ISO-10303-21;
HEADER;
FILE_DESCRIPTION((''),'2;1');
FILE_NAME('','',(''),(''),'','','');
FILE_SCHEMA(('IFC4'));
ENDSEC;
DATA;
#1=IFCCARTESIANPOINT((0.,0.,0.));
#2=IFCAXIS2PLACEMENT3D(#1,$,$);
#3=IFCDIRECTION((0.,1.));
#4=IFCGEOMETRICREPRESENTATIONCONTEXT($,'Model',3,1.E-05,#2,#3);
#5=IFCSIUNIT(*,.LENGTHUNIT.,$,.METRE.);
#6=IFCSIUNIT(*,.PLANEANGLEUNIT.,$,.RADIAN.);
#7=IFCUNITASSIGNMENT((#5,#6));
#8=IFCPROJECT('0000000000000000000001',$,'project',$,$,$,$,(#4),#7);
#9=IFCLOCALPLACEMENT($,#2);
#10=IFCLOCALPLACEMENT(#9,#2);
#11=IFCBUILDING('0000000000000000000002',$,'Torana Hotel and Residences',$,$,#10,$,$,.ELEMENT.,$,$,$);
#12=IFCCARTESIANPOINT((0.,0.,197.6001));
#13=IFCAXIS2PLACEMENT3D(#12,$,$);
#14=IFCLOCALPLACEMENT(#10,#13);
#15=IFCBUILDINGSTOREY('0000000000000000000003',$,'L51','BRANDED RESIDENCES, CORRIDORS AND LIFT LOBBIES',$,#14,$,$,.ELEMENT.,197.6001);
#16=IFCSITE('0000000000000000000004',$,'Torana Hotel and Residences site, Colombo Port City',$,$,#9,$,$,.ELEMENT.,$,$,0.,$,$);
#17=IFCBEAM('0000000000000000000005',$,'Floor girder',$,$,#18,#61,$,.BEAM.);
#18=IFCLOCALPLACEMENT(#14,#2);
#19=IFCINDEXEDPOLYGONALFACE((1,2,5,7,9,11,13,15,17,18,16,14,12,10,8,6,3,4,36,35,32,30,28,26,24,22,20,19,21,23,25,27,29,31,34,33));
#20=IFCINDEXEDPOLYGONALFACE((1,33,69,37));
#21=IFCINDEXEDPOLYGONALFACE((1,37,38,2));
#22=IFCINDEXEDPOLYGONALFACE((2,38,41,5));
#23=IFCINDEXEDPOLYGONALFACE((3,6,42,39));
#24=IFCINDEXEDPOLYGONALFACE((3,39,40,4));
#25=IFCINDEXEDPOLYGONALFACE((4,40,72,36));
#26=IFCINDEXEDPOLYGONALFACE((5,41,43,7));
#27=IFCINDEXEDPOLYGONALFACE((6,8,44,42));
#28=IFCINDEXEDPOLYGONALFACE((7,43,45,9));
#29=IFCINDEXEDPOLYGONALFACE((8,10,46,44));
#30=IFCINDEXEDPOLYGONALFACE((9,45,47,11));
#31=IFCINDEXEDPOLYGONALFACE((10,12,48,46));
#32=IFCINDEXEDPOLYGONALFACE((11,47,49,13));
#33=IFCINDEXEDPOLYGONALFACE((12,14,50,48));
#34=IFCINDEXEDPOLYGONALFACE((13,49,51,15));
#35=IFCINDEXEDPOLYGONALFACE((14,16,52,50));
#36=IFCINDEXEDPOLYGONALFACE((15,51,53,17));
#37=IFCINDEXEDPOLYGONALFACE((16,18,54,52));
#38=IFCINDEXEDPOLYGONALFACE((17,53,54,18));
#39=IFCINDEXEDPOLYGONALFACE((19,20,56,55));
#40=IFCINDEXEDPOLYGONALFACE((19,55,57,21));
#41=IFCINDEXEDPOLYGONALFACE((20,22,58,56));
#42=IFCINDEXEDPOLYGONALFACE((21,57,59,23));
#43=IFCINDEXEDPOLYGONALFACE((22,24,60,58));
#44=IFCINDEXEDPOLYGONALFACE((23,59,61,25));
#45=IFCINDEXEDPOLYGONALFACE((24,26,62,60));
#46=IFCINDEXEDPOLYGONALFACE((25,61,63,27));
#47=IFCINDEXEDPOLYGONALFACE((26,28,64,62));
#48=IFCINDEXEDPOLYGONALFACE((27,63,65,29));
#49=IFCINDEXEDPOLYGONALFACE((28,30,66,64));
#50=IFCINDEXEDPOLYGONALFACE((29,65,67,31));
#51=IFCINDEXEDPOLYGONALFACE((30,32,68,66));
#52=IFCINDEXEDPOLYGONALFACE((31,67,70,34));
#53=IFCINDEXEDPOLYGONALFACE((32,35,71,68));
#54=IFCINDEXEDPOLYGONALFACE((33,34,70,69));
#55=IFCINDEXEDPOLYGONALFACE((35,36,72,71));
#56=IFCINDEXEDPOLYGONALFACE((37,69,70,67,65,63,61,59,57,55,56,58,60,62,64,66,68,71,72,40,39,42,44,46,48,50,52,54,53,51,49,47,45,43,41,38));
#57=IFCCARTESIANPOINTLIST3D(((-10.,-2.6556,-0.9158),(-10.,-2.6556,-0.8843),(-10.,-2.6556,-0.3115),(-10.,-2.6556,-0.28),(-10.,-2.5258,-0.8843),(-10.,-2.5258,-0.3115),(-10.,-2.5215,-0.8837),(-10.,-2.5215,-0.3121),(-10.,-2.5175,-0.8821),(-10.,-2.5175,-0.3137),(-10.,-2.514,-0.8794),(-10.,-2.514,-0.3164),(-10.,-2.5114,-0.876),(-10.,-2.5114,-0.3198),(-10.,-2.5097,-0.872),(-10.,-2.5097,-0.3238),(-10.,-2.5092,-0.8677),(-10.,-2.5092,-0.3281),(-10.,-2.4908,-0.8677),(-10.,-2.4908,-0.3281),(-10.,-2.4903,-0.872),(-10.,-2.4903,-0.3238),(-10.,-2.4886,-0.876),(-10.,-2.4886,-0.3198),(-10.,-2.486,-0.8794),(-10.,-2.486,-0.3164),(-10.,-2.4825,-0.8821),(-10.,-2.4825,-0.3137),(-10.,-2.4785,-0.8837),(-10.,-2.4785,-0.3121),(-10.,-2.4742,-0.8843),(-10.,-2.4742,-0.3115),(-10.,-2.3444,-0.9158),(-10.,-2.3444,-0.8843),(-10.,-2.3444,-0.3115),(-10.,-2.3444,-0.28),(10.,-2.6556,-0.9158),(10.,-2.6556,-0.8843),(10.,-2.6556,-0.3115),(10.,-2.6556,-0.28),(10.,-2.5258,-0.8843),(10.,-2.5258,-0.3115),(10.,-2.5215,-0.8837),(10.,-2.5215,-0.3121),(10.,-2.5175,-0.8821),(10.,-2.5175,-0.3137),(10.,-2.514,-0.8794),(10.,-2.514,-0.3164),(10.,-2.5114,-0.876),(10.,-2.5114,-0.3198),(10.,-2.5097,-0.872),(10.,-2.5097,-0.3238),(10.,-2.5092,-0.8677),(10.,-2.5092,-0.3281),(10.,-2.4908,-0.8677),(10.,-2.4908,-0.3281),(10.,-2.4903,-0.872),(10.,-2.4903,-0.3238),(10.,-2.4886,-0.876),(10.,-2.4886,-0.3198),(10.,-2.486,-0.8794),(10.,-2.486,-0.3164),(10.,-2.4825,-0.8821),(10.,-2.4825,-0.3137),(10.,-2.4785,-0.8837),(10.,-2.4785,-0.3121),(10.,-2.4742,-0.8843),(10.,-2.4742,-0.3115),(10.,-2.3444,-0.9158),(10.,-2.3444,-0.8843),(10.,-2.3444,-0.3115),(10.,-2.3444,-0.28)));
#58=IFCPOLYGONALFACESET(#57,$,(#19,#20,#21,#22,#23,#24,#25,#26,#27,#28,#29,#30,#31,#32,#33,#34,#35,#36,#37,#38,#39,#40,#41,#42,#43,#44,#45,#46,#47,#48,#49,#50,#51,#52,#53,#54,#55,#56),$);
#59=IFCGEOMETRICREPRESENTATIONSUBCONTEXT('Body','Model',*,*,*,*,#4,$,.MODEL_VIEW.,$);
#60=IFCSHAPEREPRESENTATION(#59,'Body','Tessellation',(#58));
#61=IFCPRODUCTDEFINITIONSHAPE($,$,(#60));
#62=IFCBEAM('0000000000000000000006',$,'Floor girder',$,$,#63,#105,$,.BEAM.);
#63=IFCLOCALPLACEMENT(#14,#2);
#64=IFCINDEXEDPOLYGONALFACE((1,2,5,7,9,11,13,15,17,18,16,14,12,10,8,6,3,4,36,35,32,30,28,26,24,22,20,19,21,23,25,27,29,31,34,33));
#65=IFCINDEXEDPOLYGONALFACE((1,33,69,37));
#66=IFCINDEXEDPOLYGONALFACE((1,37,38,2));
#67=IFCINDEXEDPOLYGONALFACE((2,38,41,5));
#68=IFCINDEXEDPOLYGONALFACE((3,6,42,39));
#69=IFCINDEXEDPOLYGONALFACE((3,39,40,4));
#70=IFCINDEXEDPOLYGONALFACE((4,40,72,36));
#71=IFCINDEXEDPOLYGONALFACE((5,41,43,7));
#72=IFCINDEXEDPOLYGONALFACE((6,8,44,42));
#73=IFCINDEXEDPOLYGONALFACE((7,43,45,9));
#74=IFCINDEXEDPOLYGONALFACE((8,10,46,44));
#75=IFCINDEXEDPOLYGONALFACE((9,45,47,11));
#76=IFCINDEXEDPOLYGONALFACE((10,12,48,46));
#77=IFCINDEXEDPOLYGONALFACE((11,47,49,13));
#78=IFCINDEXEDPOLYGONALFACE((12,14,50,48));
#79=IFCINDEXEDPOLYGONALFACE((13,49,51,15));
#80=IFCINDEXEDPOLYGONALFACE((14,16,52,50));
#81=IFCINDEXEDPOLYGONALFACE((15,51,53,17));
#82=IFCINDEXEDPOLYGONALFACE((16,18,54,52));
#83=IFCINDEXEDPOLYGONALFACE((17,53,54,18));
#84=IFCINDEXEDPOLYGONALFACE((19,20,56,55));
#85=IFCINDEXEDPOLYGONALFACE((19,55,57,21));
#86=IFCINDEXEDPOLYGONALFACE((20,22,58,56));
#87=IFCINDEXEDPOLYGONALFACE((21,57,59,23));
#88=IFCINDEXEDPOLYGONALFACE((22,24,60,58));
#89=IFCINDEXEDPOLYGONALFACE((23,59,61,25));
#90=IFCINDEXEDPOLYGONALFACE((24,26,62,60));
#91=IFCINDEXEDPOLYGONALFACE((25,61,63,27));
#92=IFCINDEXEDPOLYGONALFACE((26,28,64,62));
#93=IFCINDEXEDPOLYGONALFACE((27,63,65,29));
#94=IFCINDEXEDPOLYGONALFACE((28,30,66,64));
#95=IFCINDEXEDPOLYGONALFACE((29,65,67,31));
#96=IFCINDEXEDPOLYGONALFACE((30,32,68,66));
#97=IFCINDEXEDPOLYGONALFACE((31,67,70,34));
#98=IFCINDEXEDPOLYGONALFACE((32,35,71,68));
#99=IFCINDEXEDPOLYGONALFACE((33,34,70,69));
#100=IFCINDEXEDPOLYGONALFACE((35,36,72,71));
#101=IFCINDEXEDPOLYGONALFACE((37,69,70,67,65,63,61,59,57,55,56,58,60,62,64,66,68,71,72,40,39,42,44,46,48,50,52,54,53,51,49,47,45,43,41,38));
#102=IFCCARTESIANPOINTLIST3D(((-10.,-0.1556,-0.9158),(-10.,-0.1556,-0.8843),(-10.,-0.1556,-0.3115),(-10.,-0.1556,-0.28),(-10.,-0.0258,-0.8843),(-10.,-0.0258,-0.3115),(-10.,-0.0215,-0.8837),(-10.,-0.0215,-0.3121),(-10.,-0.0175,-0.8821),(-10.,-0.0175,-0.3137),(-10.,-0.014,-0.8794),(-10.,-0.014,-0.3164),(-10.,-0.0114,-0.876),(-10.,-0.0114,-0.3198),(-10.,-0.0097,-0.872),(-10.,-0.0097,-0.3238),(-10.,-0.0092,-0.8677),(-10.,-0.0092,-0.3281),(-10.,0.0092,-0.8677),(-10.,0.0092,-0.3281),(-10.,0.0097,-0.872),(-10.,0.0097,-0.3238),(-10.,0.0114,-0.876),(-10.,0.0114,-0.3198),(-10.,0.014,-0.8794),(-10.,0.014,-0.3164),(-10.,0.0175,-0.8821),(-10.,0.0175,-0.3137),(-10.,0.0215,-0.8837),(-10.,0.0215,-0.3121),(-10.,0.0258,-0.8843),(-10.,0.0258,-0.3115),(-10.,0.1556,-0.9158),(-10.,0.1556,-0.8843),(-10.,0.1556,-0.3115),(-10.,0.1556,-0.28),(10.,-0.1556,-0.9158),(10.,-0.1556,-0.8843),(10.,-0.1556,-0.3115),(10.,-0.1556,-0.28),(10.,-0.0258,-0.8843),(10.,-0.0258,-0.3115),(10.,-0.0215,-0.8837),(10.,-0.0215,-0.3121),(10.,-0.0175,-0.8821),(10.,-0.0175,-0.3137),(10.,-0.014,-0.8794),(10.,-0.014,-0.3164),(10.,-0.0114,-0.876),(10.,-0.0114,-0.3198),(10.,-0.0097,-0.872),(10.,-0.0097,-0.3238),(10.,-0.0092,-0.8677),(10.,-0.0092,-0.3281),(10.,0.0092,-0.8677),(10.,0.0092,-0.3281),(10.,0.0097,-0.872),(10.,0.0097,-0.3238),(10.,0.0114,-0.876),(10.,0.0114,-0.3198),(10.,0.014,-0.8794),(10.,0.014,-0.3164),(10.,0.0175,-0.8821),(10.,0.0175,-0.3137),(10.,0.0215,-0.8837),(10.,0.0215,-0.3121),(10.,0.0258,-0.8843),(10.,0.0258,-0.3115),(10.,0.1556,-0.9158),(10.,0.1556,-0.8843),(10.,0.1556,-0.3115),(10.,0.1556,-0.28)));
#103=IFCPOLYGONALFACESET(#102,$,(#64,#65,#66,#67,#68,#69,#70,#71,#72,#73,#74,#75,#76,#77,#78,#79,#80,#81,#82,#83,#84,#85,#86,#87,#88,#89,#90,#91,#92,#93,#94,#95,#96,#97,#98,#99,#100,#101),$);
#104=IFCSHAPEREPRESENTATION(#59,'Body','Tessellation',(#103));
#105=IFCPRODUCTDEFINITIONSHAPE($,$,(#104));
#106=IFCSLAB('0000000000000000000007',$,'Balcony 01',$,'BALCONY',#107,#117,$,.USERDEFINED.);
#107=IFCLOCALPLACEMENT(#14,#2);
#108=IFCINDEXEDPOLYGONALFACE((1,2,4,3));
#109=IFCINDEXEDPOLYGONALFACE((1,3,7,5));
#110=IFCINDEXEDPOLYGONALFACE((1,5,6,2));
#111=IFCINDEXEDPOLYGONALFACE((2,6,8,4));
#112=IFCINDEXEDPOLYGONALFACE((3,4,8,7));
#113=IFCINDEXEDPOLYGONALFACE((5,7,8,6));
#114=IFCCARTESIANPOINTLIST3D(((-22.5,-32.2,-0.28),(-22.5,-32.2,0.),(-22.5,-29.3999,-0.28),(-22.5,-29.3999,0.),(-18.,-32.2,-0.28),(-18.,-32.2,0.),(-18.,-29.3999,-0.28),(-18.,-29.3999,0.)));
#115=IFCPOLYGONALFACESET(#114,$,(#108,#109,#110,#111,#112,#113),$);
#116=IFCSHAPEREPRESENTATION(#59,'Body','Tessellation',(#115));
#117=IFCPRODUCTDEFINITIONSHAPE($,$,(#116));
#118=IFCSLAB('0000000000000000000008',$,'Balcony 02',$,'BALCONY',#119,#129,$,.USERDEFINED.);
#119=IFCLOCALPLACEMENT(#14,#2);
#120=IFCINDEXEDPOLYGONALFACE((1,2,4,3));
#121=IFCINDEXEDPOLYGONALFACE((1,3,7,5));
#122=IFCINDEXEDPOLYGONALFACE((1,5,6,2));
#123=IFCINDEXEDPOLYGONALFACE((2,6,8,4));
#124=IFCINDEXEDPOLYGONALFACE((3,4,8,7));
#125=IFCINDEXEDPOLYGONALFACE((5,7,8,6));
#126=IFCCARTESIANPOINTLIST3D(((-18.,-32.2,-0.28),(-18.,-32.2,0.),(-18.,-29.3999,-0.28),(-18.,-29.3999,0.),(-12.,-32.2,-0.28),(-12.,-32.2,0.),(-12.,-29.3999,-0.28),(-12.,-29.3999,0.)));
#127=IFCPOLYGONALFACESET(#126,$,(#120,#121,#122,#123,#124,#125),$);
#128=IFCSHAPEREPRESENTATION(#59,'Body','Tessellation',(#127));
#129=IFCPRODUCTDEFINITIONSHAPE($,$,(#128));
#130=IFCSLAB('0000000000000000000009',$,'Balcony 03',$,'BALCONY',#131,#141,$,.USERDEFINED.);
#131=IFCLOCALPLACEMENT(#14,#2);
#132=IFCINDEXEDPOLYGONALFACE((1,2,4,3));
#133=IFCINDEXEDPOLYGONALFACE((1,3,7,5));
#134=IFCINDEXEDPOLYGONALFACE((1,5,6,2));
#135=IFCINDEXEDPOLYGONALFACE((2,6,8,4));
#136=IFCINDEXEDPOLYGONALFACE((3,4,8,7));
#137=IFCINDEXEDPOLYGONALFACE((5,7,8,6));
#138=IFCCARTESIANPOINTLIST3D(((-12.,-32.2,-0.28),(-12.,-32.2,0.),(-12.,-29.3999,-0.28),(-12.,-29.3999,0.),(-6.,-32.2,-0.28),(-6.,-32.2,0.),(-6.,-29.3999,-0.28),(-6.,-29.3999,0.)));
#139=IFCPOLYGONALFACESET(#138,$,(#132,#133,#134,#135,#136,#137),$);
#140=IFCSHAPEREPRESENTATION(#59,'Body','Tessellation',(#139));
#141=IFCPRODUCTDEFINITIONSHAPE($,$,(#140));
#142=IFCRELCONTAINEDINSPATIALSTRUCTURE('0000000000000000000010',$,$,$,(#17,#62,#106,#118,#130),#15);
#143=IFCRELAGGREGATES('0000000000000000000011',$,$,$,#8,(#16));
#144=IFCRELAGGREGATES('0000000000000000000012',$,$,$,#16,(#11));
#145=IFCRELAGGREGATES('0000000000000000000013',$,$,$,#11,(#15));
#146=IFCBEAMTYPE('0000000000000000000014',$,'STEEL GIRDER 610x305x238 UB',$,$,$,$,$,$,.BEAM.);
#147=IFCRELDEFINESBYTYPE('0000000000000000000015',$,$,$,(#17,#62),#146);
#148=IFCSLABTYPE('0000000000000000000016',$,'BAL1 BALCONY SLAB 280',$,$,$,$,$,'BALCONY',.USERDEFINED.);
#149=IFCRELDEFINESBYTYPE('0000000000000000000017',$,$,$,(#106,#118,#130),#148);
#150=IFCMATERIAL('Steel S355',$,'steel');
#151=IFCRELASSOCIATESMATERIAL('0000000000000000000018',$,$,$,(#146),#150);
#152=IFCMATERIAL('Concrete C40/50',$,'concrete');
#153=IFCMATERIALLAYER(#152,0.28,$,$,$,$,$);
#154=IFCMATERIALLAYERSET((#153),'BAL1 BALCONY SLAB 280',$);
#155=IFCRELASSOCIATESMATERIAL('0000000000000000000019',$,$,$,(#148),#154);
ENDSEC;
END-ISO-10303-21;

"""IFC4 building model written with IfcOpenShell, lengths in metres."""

from ifc_helpers import new_model, si_unit, direction, frame, origin, origin_2d, place, context, subcontext, project, spatial, polyline, i_section, outline, extrude, material, layer, layer_set, material_profile, profile_set, type_object, element, save


model = new_model("IFC4")

# Units and contexts
model_context = context("Model", 3, precision=1e-05, world=origin(), true_north=direction((0.0, 1.0)))
body_context = subcontext(model_context, "Body", "Model", "MODEL_VIEW")
ifc_project = project(units=[si_unit("LENGTHUNIT", "METRE"), si_unit("PLANEANGLEUNIT", "RADIAN")], contexts=[model_context])

# Site, building, storey
site_placement = place(None, origin())
site = spatial("IfcSite", under=ifc_project, at=site_placement, Name="Torana Hotel and Residences site, Colombo Port City", CompositionType="ELEMENT", RefElevation=0.0)
building_placement = place(site_placement, origin())
building = spatial("IfcBuilding", under=site, at=building_placement, Name="Torana Hotel and Residences", CompositionType="ELEMENT")
storey_placement = place(building_placement, frame((0.0, 0.0, 197.6001)))
storey = spatial("IfcBuildingStorey", under=building, at=storey_placement, Name="L51", Description="BRANDED RESIDENCES, CORRIDORS AND LIFT LOBBIES", CompositionType="ELEMENT", Elevation=197.6001)

# Beams
ifc_material_1 = material(Name="Steel S355", Category="steel")
ifc_material_profile = material_profile(ifc_material_1, i_section(OverallWidth=0.3113, OverallDepth=0.6357, WebThickness=0.0183, FlangeThickness=0.0315, FilletRadius=0.0166, at=origin_2d()), Name="610x305x238 UB")
ifc_profile_set = profile_set([ifc_material_profile], Name="Steel S355")
beam_type = type_object("IfcBeamType", Name="STEEL GIRDER 610x305x238 UB", PredefinedType="BEAM", material=ifc_profile_set)
for number, where, z_axis, x_axis, name in (
    (1, (-10.0, -2.5, -0.5979), (1.0, 0.0, 0.0), (0.0, 1.0, 0.0), "Floor girder"),
    (2, (-10.0, 0.0, -0.5979), (1.0, 0.0, 0.0), (0.0, 1.0, 0.0), "Floor girder"),
):
    element("IfcBeam", number, at=place(storey_placement, frame(where, z_axis=z_axis, x_axis=x_axis)), inside=storey, type_object=beam_type, Name=name, PredefinedType="BEAM", context=body_context, shape_type="SweptSolid", body=[
        extrude(i_section(OverallWidth=0.3113, OverallDepth=0.6357, WebThickness=0.0183, FlangeThickness=0.0315, FilletRadius=0.0166, at=origin_2d()), origin(), (0.0, 0.0, 1.0), 20.0),
    ])

# Slabs
ifc_material_2 = material(Name="Concrete C40/50", Category="concrete")
ifc_layer_1 = layer(ifc_material_2, 0.28)
ifc_layer_set_1 = layer_set([ifc_layer_1], Name="BAL1 BALCONY SLAB 280")
slab_type_1 = type_object("IfcSlabType", Name="BAL1 BALCONY SLAB 280", ElementType="BALCONY", PredefinedType="USERDEFINED", material=ifc_layer_set_1)
slab_1_placement = place(storey_placement, frame((0.0, 0.0, -0.28)))
element("IfcSlab", 3, at=slab_1_placement, inside=storey, type_object=slab_type_1, Name="Balcony 01", ObjectType="BALCONY", PredefinedType="USERDEFINED", context=body_context, shape_type="SweptSolid", body=[
    extrude(outline(polyline([(-22.5, -32.2), (-18.0, -32.2), (-18.0, -29.3999), (-22.5, -29.3999), (-22.5, -32.2)])), origin(), (0.0, 0.0, 1.0), 0.28),
])
slab_2_placement = place(storey_placement, frame((0.0, 0.0, -0.28)))
element("IfcSlab", 4, at=slab_2_placement, inside=storey, type_object=slab_type_1, Name="Balcony 02", ObjectType="BALCONY", PredefinedType="USERDEFINED", context=body_context, shape_type="SweptSolid", body=[
    extrude(outline(polyline([(-18.0, -32.2), (-12.0, -32.2), (-12.0, -29.3999), (-18.0, -29.3999), (-18.0, -32.2)])), origin(), (0.0, 0.0, 1.0), 0.28),
])
slab_3_placement = place(storey_placement, frame((0.0, 0.0, -0.28)))
element("IfcSlab", 5, at=slab_3_placement, inside=storey, type_object=slab_type_1, Name="Balcony 03", ObjectType="BALCONY", PredefinedType="USERDEFINED", context=body_context, shape_type="SweptSolid", body=[
    extrude(outline(polyline([(-12.0, -32.2), (-6.0, -32.2), (-6.0, -29.3999), (-12.0, -29.3999), (-12.0, -32.2)])), origin(), (0.0, 0.0, 1.0), 0.28),
])

save(model, "model.ifc")
